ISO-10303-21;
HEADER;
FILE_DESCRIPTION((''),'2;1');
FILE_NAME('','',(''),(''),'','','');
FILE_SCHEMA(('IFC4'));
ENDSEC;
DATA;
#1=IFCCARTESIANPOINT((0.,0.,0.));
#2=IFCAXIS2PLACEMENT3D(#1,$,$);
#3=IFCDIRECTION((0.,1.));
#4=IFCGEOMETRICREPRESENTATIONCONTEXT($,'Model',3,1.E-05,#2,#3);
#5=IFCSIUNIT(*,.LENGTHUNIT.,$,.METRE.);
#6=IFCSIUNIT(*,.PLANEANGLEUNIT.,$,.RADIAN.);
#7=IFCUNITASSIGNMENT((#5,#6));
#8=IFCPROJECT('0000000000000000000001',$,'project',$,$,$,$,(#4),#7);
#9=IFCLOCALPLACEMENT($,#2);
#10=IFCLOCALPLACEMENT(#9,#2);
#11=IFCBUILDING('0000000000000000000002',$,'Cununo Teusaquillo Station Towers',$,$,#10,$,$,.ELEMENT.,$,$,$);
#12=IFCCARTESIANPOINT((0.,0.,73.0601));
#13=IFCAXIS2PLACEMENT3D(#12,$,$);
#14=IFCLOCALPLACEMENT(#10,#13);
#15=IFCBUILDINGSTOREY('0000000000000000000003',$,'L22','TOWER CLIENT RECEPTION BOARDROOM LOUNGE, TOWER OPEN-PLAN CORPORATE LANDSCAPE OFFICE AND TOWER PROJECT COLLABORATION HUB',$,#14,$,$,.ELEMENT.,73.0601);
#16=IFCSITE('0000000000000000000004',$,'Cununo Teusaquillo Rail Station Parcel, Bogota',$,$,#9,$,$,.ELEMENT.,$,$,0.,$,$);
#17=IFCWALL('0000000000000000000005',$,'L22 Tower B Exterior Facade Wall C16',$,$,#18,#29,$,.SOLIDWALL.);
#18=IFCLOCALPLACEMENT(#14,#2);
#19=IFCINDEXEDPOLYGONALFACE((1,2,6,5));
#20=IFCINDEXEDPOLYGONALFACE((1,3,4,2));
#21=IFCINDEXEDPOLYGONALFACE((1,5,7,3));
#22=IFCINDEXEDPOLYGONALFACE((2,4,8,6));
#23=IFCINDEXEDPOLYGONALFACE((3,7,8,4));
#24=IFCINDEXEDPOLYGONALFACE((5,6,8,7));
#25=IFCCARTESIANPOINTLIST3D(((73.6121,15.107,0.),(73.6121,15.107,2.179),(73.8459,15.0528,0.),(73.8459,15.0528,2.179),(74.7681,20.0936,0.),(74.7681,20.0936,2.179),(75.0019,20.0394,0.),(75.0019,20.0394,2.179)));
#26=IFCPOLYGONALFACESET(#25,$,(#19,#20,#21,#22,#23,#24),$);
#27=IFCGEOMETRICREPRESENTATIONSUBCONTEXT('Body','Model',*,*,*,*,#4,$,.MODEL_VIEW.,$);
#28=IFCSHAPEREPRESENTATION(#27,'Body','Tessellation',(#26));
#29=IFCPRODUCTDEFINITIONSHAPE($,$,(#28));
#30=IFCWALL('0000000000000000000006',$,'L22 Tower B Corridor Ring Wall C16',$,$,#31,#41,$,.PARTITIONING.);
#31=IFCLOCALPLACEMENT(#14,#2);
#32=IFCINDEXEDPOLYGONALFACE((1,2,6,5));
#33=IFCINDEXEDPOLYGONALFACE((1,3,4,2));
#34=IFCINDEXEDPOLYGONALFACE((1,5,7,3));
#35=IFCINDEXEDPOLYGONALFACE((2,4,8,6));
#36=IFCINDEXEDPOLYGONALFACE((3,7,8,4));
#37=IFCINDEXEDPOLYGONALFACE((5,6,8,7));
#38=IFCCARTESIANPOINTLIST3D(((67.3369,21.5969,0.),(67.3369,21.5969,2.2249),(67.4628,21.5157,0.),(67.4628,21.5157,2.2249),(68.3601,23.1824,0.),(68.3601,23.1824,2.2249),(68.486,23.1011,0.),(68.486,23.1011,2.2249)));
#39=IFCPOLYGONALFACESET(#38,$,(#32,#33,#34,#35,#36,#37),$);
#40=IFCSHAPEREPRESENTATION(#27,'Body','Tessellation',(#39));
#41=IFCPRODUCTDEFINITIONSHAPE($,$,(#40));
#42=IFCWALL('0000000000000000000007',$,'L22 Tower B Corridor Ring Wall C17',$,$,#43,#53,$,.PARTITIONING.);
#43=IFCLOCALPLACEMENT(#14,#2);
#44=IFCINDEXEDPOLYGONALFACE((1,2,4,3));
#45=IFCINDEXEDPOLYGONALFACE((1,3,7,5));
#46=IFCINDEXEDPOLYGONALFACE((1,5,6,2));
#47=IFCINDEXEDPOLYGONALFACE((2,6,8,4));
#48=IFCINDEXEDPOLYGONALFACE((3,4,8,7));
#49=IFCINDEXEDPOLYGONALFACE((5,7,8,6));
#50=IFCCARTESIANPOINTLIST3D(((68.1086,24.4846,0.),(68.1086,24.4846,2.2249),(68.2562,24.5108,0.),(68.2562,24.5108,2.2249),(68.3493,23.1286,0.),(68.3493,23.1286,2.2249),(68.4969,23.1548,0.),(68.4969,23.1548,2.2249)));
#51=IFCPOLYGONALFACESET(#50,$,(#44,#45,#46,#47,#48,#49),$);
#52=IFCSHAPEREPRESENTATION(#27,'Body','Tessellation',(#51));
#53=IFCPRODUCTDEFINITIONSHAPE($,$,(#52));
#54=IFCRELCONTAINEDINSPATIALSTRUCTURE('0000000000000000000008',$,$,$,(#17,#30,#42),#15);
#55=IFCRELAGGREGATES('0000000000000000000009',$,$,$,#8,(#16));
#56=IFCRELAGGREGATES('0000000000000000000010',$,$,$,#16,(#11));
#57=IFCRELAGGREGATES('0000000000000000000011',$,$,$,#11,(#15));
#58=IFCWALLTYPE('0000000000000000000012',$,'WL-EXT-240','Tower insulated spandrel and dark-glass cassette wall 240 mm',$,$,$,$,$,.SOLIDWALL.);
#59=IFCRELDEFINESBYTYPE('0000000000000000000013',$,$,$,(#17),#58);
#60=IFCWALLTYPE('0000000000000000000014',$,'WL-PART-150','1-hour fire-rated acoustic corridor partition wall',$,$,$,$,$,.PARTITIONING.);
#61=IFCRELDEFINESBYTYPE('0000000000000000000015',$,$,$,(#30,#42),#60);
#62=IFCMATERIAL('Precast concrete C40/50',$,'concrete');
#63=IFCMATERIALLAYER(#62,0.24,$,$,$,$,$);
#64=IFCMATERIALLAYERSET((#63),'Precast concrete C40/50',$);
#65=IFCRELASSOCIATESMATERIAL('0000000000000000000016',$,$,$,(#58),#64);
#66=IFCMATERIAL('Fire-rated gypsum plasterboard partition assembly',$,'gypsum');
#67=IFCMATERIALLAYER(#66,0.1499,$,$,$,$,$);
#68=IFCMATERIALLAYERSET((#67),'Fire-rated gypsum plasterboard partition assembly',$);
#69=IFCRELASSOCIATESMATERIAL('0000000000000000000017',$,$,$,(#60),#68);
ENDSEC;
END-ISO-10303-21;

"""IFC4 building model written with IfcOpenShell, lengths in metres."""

from ifc_helpers import new_model, si_unit, direction, frame, frame_2d, origin, place, context, subcontext, project, spatial, rectangle, extrude, material, layer, layer_set, type_object, element, save


model = new_model("IFC4")

# Units and contexts
model_context = context("Model", 3, precision=1e-05, world=origin(), true_north=direction((0.0, 1.0)))
body_context = subcontext(model_context, "Body", "Model", "MODEL_VIEW")
ifc_project = project(units=[si_unit("LENGTHUNIT", "METRE"), si_unit("PLANEANGLEUNIT", "RADIAN")], contexts=[model_context])

# Site, building, storey
site_placement = place(None, origin())
site = spatial("IfcSite", under=ifc_project, at=site_placement, Name="Cununo Teusaquillo Rail Station Parcel, Bogota", CompositionType="ELEMENT", RefElevation=0.0)
building_placement = place(site_placement, origin())
building = spatial("IfcBuilding", under=site, at=building_placement, Name="Cununo Teusaquillo Station Towers", CompositionType="ELEMENT")
storey_placement = place(building_placement, frame((0.0, 0.0, 73.0601)))
storey = spatial("IfcBuildingStorey", under=building, at=storey_placement, Name="L22", Description="TOWER CLIENT RECEPTION BOARDROOM LOUNGE, TOWER OPEN-PLAN CORPORATE LANDSCAPE OFFICE AND TOWER PROJECT COLLABORATION HUB", CompositionType="ELEMENT", Elevation=73.0601)

# Shared definitions
ifc_material_1 = material(Name="Precast concrete C40/50", Category="concrete")
ifc_layer_1 = layer(ifc_material_1, 0.24)
ifc_layer_set_1 = layer_set([ifc_layer_1], Name="Precast concrete C40/50")
wall_type_1 = type_object("IfcWallType", Name="WL-EXT-240", Description="Tower insulated spandrel and dark-glass cassette wall 240 mm", PredefinedType="SOLIDWALL", material=ifc_layer_set_1)

# Walls
wall_1_placement = place(storey_placement, frame((74.885, 20.0667, 0.0), z_axis=(0.0, 0.0, 1.0), x_axis=(-0.225835, -0.974166, 0.0)))
element("IfcWall", 1, at=wall_1_placement, inside=storey, type_object=wall_type_1, Name="L22 Tower B Exterior Facade Wall C16", PredefinedType="SOLIDWALL", context=body_context, shape_type="SweptSolid", body=[
    extrude(rectangle(XDim=5.1189, YDim=0.24, at=frame_2d((2.5596, 0.0))), origin(), (0.0, 0.0, 1.0), 2.179),
])
ifc_material_2 = material(Name="Fire-rated gypsum plasterboard partition assembly", Category="gypsum")
ifc_layer_2 = layer(ifc_material_2, 0.1499)
ifc_layer_set_2 = layer_set([ifc_layer_2], Name="Fire-rated gypsum plasterboard partition assembly")
wall_type_2 = type_object("IfcWallType", Name="WL-PART-150", Description="1-hour fire-rated acoustic corridor partition wall", PredefinedType="PARTITIONING", material=ifc_layer_set_2)
wall_2_placement = place(storey_placement, frame((67.3999, 21.5564, 0.0), z_axis=(0.0, 0.0, 1.0), x_axis=(0.542248, 0.840219, 0.0)))
element("IfcWall", 2, at=wall_2_placement, inside=storey, type_object=wall_type_2, Name="L22 Tower B Corridor Ring Wall C16", PredefinedType="PARTITIONING", context=body_context, shape_type="SweptSolid", body=[
    extrude(rectangle(XDim=1.887, YDim=0.1499, at=frame_2d((0.9434, 0.0))), origin(), (0.0, 0.0, 1.0), 2.2249),
])
wall_3_placement = place(storey_placement, frame((68.4231, 23.1418, 0.0), z_axis=(0.0, 0.0, 1.0), x_axis=(-0.174797, 0.984605, 0.0)))
element("IfcWall", 3, at=wall_3_placement, inside=storey, type_object=wall_type_2, Name="L22 Tower B Corridor Ring Wall C17", PredefinedType="PARTITIONING", context=body_context, shape_type="SweptSolid", body=[
    extrude(rectangle(XDim=1.3772, YDim=0.1499, at=frame_2d((0.6885, 0.0))), origin(), (0.0, 0.0, 1.0), 2.2249),
])

save(model, "model.ifc")
